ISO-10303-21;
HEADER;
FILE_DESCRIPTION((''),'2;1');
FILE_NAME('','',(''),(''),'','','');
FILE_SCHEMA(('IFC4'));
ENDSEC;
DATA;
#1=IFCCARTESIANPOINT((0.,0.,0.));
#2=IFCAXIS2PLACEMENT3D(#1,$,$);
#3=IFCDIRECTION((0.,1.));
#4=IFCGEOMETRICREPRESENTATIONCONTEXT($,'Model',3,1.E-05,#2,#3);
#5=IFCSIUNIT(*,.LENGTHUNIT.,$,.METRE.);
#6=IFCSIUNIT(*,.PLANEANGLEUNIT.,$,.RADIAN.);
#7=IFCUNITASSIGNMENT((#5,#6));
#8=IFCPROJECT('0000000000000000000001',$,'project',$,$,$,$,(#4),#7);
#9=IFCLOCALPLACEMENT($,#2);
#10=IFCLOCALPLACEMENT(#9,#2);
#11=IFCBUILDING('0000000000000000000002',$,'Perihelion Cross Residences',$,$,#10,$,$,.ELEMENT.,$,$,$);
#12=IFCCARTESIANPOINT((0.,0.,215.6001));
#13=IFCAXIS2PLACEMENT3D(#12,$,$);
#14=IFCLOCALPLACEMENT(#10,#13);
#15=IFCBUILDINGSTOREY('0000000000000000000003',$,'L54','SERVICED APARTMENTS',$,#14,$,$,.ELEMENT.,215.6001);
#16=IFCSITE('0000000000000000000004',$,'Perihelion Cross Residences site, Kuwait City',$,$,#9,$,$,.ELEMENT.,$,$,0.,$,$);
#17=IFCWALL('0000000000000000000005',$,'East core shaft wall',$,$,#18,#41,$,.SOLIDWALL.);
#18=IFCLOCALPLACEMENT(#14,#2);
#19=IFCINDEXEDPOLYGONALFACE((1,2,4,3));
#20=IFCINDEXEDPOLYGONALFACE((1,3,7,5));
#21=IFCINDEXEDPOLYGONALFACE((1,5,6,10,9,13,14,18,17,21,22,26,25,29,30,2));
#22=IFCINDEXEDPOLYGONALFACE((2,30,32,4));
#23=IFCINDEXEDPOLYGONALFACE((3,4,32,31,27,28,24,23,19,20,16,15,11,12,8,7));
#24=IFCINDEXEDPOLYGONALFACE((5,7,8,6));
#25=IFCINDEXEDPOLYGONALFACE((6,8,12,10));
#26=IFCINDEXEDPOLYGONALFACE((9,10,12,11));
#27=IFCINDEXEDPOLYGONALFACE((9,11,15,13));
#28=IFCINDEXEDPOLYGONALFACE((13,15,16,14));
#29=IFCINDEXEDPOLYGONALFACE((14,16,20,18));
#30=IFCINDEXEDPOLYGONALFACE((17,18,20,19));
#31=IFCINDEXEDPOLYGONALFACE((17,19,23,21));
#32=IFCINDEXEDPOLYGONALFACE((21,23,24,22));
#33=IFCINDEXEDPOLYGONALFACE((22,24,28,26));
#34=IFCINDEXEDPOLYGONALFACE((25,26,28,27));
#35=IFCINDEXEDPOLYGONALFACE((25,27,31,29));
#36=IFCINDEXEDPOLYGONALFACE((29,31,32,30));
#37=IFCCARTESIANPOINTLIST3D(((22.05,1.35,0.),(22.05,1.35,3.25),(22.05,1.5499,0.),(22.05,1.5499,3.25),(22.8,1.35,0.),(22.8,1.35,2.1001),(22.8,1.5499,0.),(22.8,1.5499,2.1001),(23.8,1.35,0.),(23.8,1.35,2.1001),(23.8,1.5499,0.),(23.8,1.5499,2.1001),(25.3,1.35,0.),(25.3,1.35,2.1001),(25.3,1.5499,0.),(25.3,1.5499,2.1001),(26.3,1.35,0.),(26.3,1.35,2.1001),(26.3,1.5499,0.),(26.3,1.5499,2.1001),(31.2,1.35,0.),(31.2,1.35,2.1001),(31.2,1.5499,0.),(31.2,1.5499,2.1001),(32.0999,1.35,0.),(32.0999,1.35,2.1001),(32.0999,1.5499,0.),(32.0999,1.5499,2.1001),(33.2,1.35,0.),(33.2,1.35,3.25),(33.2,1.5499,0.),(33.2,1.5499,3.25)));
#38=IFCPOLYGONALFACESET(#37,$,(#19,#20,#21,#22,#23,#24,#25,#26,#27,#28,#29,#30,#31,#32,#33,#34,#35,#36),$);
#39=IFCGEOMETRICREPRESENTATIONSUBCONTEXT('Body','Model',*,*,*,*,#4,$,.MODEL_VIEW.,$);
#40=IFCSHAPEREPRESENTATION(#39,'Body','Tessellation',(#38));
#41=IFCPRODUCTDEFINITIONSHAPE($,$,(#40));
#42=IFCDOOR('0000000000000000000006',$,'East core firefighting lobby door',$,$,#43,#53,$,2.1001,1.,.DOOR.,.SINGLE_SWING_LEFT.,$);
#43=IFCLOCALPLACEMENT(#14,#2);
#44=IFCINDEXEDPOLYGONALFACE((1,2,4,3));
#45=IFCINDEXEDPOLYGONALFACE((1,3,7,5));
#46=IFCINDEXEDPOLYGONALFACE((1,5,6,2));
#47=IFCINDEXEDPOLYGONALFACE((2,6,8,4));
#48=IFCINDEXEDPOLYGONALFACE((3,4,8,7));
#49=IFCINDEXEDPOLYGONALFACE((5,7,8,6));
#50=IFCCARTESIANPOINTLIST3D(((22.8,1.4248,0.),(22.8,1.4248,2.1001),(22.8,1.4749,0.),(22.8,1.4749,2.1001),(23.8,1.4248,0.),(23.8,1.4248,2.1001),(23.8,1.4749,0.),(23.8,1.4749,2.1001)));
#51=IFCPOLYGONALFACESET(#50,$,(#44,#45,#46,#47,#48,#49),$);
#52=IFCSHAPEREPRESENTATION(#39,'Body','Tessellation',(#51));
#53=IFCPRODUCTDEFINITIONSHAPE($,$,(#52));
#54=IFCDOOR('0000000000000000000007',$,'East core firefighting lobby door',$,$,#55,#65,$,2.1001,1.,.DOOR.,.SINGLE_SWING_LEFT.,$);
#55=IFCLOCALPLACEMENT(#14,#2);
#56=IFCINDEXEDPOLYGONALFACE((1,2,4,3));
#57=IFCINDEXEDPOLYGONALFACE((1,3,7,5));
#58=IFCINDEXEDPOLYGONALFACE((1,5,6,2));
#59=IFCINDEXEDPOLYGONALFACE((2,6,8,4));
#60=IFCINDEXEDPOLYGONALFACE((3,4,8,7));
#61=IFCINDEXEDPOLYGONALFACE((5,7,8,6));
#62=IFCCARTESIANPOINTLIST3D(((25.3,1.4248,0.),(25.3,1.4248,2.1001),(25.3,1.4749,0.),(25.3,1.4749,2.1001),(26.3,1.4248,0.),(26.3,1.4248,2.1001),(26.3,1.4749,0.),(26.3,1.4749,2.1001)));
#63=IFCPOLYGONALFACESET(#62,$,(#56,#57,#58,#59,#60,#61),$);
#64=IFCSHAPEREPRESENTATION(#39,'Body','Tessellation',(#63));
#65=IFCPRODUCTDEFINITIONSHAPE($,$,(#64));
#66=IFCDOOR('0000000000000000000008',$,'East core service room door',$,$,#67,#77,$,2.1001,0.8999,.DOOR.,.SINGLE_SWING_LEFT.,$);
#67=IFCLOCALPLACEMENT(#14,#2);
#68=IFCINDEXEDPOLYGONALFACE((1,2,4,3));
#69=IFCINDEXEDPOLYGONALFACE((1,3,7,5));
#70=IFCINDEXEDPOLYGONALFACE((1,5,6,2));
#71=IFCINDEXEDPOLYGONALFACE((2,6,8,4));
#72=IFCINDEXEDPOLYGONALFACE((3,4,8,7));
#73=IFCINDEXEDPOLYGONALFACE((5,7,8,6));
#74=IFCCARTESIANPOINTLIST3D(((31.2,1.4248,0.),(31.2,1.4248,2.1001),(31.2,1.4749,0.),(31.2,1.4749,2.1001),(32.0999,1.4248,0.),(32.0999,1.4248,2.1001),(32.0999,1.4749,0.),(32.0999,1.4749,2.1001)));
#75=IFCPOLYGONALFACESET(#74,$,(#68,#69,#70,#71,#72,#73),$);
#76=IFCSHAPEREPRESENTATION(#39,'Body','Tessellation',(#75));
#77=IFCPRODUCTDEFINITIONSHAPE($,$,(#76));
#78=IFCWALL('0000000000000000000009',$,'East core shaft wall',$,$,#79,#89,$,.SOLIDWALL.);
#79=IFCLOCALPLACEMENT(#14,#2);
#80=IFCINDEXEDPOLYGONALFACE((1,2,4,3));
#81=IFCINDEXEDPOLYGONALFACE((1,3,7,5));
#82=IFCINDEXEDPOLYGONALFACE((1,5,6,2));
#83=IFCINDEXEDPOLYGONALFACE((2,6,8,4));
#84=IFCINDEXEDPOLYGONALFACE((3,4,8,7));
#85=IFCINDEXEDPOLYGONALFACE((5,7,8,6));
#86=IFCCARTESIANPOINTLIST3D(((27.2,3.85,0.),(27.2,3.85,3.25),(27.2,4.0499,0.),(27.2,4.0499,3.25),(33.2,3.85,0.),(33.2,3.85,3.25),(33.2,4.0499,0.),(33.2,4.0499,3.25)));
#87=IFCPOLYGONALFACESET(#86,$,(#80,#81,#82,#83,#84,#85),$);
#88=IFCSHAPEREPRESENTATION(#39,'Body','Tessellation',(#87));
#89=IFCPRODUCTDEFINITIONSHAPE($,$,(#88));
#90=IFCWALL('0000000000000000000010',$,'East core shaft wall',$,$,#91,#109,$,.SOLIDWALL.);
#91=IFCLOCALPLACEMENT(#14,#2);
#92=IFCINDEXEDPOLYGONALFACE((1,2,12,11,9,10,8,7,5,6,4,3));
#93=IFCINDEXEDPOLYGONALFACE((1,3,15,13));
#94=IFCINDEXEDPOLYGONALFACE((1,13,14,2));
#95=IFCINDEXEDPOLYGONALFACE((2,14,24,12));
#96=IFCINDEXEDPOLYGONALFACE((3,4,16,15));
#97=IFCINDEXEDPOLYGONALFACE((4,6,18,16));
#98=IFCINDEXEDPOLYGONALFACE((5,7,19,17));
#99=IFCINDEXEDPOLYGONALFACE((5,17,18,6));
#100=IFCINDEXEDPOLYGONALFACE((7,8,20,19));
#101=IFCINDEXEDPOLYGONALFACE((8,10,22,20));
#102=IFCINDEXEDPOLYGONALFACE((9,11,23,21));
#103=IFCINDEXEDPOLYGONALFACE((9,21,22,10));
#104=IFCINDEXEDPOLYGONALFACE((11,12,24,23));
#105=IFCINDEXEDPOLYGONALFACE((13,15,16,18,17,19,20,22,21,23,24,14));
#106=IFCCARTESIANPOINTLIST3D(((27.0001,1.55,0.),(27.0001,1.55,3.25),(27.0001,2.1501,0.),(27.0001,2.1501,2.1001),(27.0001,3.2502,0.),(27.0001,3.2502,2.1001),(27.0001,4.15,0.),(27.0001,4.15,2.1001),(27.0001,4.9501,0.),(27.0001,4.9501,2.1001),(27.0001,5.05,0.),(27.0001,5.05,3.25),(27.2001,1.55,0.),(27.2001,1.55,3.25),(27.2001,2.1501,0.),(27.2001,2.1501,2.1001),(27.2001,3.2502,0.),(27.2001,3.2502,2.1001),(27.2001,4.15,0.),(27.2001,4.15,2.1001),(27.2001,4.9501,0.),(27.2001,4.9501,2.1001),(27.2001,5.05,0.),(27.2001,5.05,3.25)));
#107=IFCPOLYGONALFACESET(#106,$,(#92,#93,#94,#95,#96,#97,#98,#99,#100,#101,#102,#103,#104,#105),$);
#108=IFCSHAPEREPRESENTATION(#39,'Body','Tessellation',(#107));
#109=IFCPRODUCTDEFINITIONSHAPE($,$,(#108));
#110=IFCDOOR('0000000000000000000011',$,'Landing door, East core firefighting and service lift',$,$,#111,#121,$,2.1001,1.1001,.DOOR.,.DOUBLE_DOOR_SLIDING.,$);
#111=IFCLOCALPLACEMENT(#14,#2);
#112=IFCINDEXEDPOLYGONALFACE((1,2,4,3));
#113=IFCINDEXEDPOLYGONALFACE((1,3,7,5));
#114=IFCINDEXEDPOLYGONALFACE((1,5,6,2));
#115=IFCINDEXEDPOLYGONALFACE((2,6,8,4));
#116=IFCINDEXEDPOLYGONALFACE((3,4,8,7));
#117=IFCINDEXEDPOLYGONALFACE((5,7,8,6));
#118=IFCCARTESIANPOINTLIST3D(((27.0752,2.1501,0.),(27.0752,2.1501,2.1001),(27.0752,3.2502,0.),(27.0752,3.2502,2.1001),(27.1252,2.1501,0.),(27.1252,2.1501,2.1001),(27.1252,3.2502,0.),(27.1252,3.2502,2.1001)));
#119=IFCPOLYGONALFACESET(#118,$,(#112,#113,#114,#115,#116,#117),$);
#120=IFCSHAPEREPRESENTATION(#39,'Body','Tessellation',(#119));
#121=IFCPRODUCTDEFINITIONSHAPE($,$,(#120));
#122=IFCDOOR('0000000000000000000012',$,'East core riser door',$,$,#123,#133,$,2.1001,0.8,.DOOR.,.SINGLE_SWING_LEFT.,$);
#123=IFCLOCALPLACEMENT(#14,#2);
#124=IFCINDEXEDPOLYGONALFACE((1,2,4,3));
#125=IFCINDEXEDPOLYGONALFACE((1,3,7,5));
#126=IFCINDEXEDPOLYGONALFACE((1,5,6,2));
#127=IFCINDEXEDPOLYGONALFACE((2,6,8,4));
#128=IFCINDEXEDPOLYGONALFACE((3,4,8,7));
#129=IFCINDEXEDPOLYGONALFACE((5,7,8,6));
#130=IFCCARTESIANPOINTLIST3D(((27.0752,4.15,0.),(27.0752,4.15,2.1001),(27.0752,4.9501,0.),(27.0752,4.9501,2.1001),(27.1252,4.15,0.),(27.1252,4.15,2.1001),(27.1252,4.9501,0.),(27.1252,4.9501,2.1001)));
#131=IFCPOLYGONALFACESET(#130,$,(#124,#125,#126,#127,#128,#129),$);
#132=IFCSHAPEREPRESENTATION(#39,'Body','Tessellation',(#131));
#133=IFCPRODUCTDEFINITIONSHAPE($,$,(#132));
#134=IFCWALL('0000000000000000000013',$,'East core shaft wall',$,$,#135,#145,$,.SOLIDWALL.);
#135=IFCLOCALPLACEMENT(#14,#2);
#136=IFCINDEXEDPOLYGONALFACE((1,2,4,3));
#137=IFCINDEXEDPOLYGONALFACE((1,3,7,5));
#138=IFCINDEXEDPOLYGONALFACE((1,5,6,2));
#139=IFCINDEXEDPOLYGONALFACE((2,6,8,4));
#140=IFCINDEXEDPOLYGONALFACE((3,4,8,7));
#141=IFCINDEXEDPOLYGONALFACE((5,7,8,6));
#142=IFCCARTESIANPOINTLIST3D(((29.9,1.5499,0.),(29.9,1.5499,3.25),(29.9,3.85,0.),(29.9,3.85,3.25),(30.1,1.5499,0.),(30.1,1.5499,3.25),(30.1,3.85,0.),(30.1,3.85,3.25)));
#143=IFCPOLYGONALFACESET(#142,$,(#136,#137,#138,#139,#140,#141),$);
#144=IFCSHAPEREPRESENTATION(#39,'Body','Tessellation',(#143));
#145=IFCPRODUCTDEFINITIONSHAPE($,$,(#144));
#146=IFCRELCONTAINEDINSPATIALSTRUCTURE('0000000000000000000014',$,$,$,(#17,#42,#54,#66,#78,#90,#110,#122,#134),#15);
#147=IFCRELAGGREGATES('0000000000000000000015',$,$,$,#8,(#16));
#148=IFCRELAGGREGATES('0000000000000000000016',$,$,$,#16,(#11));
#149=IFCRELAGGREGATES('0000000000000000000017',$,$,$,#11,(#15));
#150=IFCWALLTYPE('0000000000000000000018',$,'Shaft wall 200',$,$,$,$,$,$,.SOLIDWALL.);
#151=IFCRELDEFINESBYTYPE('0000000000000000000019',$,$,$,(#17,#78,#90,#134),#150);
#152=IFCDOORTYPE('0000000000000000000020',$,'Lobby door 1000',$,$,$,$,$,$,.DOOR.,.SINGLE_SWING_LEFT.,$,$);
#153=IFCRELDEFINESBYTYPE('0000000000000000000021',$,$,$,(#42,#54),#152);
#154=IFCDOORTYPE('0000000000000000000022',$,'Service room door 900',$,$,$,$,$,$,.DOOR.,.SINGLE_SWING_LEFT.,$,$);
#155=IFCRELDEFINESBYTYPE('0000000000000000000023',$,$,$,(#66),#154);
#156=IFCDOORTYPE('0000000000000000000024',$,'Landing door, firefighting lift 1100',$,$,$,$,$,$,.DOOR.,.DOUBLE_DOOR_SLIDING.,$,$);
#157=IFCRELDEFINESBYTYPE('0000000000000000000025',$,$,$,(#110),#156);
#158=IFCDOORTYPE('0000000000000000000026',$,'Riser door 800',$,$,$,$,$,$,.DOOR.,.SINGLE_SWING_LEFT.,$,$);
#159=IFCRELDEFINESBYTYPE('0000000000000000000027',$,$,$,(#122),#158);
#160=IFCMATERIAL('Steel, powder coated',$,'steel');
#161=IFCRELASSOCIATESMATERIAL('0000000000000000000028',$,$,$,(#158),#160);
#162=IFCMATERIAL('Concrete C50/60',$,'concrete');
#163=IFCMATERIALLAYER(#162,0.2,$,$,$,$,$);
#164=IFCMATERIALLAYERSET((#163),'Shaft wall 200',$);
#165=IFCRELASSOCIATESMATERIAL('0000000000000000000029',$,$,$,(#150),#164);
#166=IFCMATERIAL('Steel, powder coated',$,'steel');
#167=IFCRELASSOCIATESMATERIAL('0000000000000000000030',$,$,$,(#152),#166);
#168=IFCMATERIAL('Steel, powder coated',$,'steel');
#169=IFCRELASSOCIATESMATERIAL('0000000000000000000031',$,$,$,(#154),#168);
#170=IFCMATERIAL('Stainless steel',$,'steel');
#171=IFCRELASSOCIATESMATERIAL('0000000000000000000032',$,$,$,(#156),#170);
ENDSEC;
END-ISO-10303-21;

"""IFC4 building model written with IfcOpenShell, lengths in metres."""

from ifc_helpers import new_model, si_unit, direction, frame, frame_2d, origin, place, context, subcontext, project, spatial, rectangle, extrude, material, layer, layer_set, type_object, element, fill, save


model = new_model("IFC4")

# Units and contexts
model_context = context("Model", 3, precision=1e-05, world=origin(), true_north=direction((0.0, 1.0)))
body_context = subcontext(model_context, "Body", "Model", "MODEL_VIEW")
ifc_project = project(units=[si_unit("LENGTHUNIT", "METRE"), si_unit("PLANEANGLEUNIT", "RADIAN")], contexts=[model_context])

# Site, building, storey
site_placement = place(None, origin())
site = spatial("IfcSite", under=ifc_project, at=site_placement, Name="Perihelion Cross Residences site, Kuwait City", CompositionType="ELEMENT", RefElevation=0.0)
building_placement = place(site_placement, origin())
building = spatial("IfcBuilding", under=site, at=building_placement, Name="Perihelion Cross Residences", CompositionType="ELEMENT")
storey_placement = place(building_placement, frame((0.0, 0.0, 215.6001)))
storey = spatial("IfcBuildingStorey", under=building, at=storey_placement, Name="L54", Description="SERVICED APARTMENTS", CompositionType="ELEMENT", Elevation=215.6001)

# Shared definitions
ifc_material_1 = material(Name="Steel, powder coated", Category="steel")
door_type_1 = type_object("IfcDoorType", Name="Riser door 800", OperationType="SINGLE_SWING_LEFT", PredefinedType="DOOR", material=ifc_material_1)

# Wall, openings, doors
ifc_material_2 = material(Name="Concrete C50/60", Category="concrete")
ifc_layer_1 = layer(ifc_material_2, 0.2)
ifc_layer_set_1 = layer_set([ifc_layer_1], Name="Shaft wall 200")
wall_type_1 = type_object("IfcWallType", Name="Shaft wall 200", PredefinedType="SOLIDWALL", material=ifc_layer_set_1)
wall_1_placement = place(storey_placement, frame((22.05, 1.45, 0.0), z_axis=(0.0, 0.0, 1.0), x_axis=(1.0, 0.0, 0.0)))
wall_1 = element("IfcWall", 1, at=wall_1_placement, inside=storey, type_object=wall_type_1, Name="East core shaft wall", PredefinedType="SOLIDWALL", context=body_context, shape_type="SweptSolid", body=[
    extrude(rectangle(XDim=11.1499, YDim=0.2, at=frame_2d((5.575, 0.0))), origin(), (0.0, 0.0, 1.0), 3.25),
])
opening_1_placement = place(wall_1_placement, frame((0.75, 0.0, 0.0)))
opening_1 = element("IfcOpeningElement", 2, at=opening_1_placement, cuts=wall_1, PredefinedType="OPENING", context=body_context, shape_type="SweptSolid", body=[
    extrude(rectangle(XDim=1.0, YDim=2.1001, at=frame_2d((0.5, 1.05))), frame((0.0, 0.1099, 0.0), z_axis=(0.0, -1.0, 0.0), x_axis=(1.0, 0.0, 0.0)), (0.0, 0.0, 1.0), 0.22),
])
opening_2_placement = place(wall_1_placement, frame((3.25, 0.0, 0.0)))
opening_2 = element("IfcOpeningElement", 3, at=opening_2_placement, cuts=wall_1, PredefinedType="OPENING", context=body_context, shape_type="SweptSolid", body=[
    extrude(rectangle(XDim=1.0, YDim=2.1001, at=frame_2d((0.5, 1.05))), frame((0.0, 0.1099, 0.0), z_axis=(0.0, -1.0, 0.0), x_axis=(1.0, 0.0, 0.0)), (0.0, 0.0, 1.0), 0.22),
])
opening_3_placement = place(wall_1_placement, frame((9.1499, 0.0, 0.0)))
opening_3 = element("IfcOpeningElement", 4, at=opening_3_placement, cuts=wall_1, PredefinedType="OPENING", context=body_context, shape_type="SweptSolid", body=[
    extrude(rectangle(XDim=0.8999, YDim=2.1001, at=frame_2d((0.45, 1.05))), frame((0.0, 0.1099, 0.0), z_axis=(0.0, -1.0, 0.0), x_axis=(1.0, 0.0, 0.0)), (0.0, 0.0, 1.0), 0.22),
])
ifc_material_3 = material(Name="Steel, powder coated", Category="steel")
door_type_2 = type_object("IfcDoorType", Name="Lobby door 1000", OperationType="SINGLE_SWING_LEFT", PredefinedType="DOOR", material=ifc_material_3)
door_1_placement = place(opening_1_placement, origin())
door_1 = element("IfcDoor", 5, at=door_1_placement, inside=storey, type_object=door_type_2, Name="East core firefighting lobby door", OperationType="SINGLE_SWING_LEFT", OverallHeight=2.1001, OverallWidth=1.0, PredefinedType="DOOR", context=body_context, shape_type="SweptSolid", body=[
    extrude(rectangle(XDim=1.0, YDim=2.1001, at=frame_2d((0.5, 1.05))), frame((0.0, 0.0249, 0.0), z_axis=(0.0, -1.0, 0.0), x_axis=(1.0, 0.0, 0.0)), (0.0, 0.0, 1.0), 0.05),
])
fill(opening_1, door_1)
door_2_placement = place(opening_2_placement, origin())
door_2 = element("IfcDoor", 6, at=door_2_placement, inside=storey, type_object=door_type_2, Name="East core firefighting lobby door", OperationType="SINGLE_SWING_LEFT", OverallHeight=2.1001, OverallWidth=1.0, PredefinedType="DOOR", context=body_context, shape_type="SweptSolid", body=[
    extrude(rectangle(XDim=1.0, YDim=2.1001, at=frame_2d((0.5, 1.05))), frame((0.0, 0.0249, 0.0), z_axis=(0.0, -1.0, 0.0), x_axis=(1.0, 0.0, 0.0)), (0.0, 0.0, 1.0), 0.05),
])
fill(opening_2, door_2)
ifc_material_4 = material(Name="Steel, powder coated", Category="steel")
door_type_3 = type_object("IfcDoorType", Name="Service room door 900", OperationType="SINGLE_SWING_LEFT", PredefinedType="DOOR", material=ifc_material_4)
door_3_placement = place(opening_3_placement, origin())
door_3 = element("IfcDoor", 7, at=door_3_placement, inside=storey, type_object=door_type_3, Name="East core service room door", OperationType="SINGLE_SWING_LEFT", OverallHeight=2.1001, OverallWidth=0.8999, PredefinedType="DOOR", context=body_context, shape_type="SweptSolid", body=[
    extrude(rectangle(XDim=0.8999, YDim=2.1001, at=frame_2d((0.45, 1.05))), frame((0.0, 0.0249, 0.0), z_axis=(0.0, -1.0, 0.0), x_axis=(1.0, 0.0, 0.0)), (0.0, 0.0, 1.0), 0.05),
])
fill(opening_3, door_3)

# Wall
wall_2_placement = place(storey_placement, frame((27.2, 3.95, 0.0), z_axis=(0.0, 0.0, 1.0), x_axis=(1.0, 0.0, 0.0)))
element("IfcWall", 8, at=wall_2_placement, inside=storey, type_object=wall_type_1, Name="East core shaft wall", PredefinedType="SOLIDWALL", context=body_context, shape_type="SweptSolid", body=[
    extrude(rectangle(XDim=6.0, YDim=0.2, at=frame_2d((3.0, 0.0))), origin(), (0.0, 0.0, 1.0), 3.25),
])

# Wall, openings, doors
wall_3_placement = place(storey_placement, frame((27.1001, 1.55, 0.0), z_axis=(0.0, 0.0, 1.0), x_axis=(0.0, 1.0, 0.0)))
wall_3 = element("IfcWall", 9, at=wall_3_placement, inside=storey, type_object=wall_type_1, Name="East core shaft wall", PredefinedType="SOLIDWALL", context=body_context, shape_type="SweptSolid", body=[
    extrude(rectangle(XDim=3.5, YDim=0.2, at=frame_2d((1.75, 0.0))), origin(), (0.0, 0.0, 1.0), 3.25),
])
opening_4_placement = place(wall_3_placement, frame((0.6001, 0.0, 0.0)))
opening_4 = element("IfcOpeningElement", 10, at=opening_4_placement, cuts=wall_3, PredefinedType="OPENING", context=body_context, shape_type="SweptSolid", body=[
    extrude(rectangle(XDim=1.1001, YDim=2.1001, at=frame_2d((0.55, 1.05))), frame((0.0, 0.1099, 0.0), z_axis=(0.0, -1.0, 0.0), x_axis=(1.0, 0.0, 0.0)), (0.0, 0.0, 1.0), 0.22),
])
opening_5_placement = place(wall_3_placement, frame((2.6001, 0.0, 0.0)))
opening_5 = element("IfcOpeningElement", 11, at=opening_5_placement, cuts=wall_3, PredefinedType="OPENING", context=body_context, shape_type="SweptSolid", body=[
    extrude(rectangle(XDim=0.8, YDim=2.1001, at=frame_2d((0.3999, 1.05))), frame((0.0, 0.1099, 0.0), z_axis=(0.0, -1.0, 0.0), x_axis=(1.0, 0.0, 0.0)), (0.0, 0.0, 1.0), 0.22),
])
ifc_material_5 = material(Name="Stainless steel", Category="steel")
door_type_4 = type_object("IfcDoorType", Name="Landing door, firefighting lift 1100", OperationType="DOUBLE_DOOR_SLIDING", PredefinedType="DOOR", material=ifc_material_5)
door_4_placement = place(opening_4_placement, origin())
door_4 = element("IfcDoor", 12, at=door_4_placement, inside=storey, type_object=door_type_4, Name="Landing door, East core firefighting and service lift", OperationType="DOUBLE_DOOR_SLIDING", OverallHeight=2.1001, OverallWidth=1.1001, PredefinedType="DOOR", context=body_context, shape_type="SweptSolid", body=[
    extrude(rectangle(XDim=1.1001, YDim=2.1001, at=frame_2d((0.55, 1.05))), frame((0.0, 0.0249, 0.0), z_axis=(0.0, -1.0, 0.0), x_axis=(1.0, 0.0, 0.0)), (0.0, 0.0, 1.0), 0.05),
])
fill(opening_4, door_4)
door_5_placement = place(opening_5_placement, origin())
door_5 = element("IfcDoor", 13, at=door_5_placement, inside=storey, type_object=door_type_1, Name="East core riser door", OperationType="SINGLE_SWING_LEFT", OverallHeight=2.1001, OverallWidth=0.8, PredefinedType="DOOR", context=body_context, shape_type="SweptSolid", body=[
    extrude(rectangle(XDim=0.8, YDim=2.1001, at=frame_2d((0.3999, 1.05))), frame((0.0, 0.0249, 0.0), z_axis=(0.0, -1.0, 0.0), x_axis=(1.0, 0.0, 0.0)), (0.0, 0.0, 1.0), 0.05),
])
fill(opening_5, door_5)

# Wall
wall_4_placement = place(storey_placement, frame((30.0, 1.55, 0.0), z_axis=(0.0, 0.0, 1.0), x_axis=(0.0, 1.0, 0.0)))
element("IfcWall", 14, at=wall_4_placement, inside=storey, type_object=wall_type_1, Name="East core shaft wall", PredefinedType="SOLIDWALL", context=body_context, shape_type="SweptSolid", body=[
    extrude(rectangle(XDim=2.3, YDim=0.2, at=frame_2d((1.1499, 0.0))), origin(), (0.0, 0.0, 1.0), 3.25),
])

save(model, "model.ifc")
